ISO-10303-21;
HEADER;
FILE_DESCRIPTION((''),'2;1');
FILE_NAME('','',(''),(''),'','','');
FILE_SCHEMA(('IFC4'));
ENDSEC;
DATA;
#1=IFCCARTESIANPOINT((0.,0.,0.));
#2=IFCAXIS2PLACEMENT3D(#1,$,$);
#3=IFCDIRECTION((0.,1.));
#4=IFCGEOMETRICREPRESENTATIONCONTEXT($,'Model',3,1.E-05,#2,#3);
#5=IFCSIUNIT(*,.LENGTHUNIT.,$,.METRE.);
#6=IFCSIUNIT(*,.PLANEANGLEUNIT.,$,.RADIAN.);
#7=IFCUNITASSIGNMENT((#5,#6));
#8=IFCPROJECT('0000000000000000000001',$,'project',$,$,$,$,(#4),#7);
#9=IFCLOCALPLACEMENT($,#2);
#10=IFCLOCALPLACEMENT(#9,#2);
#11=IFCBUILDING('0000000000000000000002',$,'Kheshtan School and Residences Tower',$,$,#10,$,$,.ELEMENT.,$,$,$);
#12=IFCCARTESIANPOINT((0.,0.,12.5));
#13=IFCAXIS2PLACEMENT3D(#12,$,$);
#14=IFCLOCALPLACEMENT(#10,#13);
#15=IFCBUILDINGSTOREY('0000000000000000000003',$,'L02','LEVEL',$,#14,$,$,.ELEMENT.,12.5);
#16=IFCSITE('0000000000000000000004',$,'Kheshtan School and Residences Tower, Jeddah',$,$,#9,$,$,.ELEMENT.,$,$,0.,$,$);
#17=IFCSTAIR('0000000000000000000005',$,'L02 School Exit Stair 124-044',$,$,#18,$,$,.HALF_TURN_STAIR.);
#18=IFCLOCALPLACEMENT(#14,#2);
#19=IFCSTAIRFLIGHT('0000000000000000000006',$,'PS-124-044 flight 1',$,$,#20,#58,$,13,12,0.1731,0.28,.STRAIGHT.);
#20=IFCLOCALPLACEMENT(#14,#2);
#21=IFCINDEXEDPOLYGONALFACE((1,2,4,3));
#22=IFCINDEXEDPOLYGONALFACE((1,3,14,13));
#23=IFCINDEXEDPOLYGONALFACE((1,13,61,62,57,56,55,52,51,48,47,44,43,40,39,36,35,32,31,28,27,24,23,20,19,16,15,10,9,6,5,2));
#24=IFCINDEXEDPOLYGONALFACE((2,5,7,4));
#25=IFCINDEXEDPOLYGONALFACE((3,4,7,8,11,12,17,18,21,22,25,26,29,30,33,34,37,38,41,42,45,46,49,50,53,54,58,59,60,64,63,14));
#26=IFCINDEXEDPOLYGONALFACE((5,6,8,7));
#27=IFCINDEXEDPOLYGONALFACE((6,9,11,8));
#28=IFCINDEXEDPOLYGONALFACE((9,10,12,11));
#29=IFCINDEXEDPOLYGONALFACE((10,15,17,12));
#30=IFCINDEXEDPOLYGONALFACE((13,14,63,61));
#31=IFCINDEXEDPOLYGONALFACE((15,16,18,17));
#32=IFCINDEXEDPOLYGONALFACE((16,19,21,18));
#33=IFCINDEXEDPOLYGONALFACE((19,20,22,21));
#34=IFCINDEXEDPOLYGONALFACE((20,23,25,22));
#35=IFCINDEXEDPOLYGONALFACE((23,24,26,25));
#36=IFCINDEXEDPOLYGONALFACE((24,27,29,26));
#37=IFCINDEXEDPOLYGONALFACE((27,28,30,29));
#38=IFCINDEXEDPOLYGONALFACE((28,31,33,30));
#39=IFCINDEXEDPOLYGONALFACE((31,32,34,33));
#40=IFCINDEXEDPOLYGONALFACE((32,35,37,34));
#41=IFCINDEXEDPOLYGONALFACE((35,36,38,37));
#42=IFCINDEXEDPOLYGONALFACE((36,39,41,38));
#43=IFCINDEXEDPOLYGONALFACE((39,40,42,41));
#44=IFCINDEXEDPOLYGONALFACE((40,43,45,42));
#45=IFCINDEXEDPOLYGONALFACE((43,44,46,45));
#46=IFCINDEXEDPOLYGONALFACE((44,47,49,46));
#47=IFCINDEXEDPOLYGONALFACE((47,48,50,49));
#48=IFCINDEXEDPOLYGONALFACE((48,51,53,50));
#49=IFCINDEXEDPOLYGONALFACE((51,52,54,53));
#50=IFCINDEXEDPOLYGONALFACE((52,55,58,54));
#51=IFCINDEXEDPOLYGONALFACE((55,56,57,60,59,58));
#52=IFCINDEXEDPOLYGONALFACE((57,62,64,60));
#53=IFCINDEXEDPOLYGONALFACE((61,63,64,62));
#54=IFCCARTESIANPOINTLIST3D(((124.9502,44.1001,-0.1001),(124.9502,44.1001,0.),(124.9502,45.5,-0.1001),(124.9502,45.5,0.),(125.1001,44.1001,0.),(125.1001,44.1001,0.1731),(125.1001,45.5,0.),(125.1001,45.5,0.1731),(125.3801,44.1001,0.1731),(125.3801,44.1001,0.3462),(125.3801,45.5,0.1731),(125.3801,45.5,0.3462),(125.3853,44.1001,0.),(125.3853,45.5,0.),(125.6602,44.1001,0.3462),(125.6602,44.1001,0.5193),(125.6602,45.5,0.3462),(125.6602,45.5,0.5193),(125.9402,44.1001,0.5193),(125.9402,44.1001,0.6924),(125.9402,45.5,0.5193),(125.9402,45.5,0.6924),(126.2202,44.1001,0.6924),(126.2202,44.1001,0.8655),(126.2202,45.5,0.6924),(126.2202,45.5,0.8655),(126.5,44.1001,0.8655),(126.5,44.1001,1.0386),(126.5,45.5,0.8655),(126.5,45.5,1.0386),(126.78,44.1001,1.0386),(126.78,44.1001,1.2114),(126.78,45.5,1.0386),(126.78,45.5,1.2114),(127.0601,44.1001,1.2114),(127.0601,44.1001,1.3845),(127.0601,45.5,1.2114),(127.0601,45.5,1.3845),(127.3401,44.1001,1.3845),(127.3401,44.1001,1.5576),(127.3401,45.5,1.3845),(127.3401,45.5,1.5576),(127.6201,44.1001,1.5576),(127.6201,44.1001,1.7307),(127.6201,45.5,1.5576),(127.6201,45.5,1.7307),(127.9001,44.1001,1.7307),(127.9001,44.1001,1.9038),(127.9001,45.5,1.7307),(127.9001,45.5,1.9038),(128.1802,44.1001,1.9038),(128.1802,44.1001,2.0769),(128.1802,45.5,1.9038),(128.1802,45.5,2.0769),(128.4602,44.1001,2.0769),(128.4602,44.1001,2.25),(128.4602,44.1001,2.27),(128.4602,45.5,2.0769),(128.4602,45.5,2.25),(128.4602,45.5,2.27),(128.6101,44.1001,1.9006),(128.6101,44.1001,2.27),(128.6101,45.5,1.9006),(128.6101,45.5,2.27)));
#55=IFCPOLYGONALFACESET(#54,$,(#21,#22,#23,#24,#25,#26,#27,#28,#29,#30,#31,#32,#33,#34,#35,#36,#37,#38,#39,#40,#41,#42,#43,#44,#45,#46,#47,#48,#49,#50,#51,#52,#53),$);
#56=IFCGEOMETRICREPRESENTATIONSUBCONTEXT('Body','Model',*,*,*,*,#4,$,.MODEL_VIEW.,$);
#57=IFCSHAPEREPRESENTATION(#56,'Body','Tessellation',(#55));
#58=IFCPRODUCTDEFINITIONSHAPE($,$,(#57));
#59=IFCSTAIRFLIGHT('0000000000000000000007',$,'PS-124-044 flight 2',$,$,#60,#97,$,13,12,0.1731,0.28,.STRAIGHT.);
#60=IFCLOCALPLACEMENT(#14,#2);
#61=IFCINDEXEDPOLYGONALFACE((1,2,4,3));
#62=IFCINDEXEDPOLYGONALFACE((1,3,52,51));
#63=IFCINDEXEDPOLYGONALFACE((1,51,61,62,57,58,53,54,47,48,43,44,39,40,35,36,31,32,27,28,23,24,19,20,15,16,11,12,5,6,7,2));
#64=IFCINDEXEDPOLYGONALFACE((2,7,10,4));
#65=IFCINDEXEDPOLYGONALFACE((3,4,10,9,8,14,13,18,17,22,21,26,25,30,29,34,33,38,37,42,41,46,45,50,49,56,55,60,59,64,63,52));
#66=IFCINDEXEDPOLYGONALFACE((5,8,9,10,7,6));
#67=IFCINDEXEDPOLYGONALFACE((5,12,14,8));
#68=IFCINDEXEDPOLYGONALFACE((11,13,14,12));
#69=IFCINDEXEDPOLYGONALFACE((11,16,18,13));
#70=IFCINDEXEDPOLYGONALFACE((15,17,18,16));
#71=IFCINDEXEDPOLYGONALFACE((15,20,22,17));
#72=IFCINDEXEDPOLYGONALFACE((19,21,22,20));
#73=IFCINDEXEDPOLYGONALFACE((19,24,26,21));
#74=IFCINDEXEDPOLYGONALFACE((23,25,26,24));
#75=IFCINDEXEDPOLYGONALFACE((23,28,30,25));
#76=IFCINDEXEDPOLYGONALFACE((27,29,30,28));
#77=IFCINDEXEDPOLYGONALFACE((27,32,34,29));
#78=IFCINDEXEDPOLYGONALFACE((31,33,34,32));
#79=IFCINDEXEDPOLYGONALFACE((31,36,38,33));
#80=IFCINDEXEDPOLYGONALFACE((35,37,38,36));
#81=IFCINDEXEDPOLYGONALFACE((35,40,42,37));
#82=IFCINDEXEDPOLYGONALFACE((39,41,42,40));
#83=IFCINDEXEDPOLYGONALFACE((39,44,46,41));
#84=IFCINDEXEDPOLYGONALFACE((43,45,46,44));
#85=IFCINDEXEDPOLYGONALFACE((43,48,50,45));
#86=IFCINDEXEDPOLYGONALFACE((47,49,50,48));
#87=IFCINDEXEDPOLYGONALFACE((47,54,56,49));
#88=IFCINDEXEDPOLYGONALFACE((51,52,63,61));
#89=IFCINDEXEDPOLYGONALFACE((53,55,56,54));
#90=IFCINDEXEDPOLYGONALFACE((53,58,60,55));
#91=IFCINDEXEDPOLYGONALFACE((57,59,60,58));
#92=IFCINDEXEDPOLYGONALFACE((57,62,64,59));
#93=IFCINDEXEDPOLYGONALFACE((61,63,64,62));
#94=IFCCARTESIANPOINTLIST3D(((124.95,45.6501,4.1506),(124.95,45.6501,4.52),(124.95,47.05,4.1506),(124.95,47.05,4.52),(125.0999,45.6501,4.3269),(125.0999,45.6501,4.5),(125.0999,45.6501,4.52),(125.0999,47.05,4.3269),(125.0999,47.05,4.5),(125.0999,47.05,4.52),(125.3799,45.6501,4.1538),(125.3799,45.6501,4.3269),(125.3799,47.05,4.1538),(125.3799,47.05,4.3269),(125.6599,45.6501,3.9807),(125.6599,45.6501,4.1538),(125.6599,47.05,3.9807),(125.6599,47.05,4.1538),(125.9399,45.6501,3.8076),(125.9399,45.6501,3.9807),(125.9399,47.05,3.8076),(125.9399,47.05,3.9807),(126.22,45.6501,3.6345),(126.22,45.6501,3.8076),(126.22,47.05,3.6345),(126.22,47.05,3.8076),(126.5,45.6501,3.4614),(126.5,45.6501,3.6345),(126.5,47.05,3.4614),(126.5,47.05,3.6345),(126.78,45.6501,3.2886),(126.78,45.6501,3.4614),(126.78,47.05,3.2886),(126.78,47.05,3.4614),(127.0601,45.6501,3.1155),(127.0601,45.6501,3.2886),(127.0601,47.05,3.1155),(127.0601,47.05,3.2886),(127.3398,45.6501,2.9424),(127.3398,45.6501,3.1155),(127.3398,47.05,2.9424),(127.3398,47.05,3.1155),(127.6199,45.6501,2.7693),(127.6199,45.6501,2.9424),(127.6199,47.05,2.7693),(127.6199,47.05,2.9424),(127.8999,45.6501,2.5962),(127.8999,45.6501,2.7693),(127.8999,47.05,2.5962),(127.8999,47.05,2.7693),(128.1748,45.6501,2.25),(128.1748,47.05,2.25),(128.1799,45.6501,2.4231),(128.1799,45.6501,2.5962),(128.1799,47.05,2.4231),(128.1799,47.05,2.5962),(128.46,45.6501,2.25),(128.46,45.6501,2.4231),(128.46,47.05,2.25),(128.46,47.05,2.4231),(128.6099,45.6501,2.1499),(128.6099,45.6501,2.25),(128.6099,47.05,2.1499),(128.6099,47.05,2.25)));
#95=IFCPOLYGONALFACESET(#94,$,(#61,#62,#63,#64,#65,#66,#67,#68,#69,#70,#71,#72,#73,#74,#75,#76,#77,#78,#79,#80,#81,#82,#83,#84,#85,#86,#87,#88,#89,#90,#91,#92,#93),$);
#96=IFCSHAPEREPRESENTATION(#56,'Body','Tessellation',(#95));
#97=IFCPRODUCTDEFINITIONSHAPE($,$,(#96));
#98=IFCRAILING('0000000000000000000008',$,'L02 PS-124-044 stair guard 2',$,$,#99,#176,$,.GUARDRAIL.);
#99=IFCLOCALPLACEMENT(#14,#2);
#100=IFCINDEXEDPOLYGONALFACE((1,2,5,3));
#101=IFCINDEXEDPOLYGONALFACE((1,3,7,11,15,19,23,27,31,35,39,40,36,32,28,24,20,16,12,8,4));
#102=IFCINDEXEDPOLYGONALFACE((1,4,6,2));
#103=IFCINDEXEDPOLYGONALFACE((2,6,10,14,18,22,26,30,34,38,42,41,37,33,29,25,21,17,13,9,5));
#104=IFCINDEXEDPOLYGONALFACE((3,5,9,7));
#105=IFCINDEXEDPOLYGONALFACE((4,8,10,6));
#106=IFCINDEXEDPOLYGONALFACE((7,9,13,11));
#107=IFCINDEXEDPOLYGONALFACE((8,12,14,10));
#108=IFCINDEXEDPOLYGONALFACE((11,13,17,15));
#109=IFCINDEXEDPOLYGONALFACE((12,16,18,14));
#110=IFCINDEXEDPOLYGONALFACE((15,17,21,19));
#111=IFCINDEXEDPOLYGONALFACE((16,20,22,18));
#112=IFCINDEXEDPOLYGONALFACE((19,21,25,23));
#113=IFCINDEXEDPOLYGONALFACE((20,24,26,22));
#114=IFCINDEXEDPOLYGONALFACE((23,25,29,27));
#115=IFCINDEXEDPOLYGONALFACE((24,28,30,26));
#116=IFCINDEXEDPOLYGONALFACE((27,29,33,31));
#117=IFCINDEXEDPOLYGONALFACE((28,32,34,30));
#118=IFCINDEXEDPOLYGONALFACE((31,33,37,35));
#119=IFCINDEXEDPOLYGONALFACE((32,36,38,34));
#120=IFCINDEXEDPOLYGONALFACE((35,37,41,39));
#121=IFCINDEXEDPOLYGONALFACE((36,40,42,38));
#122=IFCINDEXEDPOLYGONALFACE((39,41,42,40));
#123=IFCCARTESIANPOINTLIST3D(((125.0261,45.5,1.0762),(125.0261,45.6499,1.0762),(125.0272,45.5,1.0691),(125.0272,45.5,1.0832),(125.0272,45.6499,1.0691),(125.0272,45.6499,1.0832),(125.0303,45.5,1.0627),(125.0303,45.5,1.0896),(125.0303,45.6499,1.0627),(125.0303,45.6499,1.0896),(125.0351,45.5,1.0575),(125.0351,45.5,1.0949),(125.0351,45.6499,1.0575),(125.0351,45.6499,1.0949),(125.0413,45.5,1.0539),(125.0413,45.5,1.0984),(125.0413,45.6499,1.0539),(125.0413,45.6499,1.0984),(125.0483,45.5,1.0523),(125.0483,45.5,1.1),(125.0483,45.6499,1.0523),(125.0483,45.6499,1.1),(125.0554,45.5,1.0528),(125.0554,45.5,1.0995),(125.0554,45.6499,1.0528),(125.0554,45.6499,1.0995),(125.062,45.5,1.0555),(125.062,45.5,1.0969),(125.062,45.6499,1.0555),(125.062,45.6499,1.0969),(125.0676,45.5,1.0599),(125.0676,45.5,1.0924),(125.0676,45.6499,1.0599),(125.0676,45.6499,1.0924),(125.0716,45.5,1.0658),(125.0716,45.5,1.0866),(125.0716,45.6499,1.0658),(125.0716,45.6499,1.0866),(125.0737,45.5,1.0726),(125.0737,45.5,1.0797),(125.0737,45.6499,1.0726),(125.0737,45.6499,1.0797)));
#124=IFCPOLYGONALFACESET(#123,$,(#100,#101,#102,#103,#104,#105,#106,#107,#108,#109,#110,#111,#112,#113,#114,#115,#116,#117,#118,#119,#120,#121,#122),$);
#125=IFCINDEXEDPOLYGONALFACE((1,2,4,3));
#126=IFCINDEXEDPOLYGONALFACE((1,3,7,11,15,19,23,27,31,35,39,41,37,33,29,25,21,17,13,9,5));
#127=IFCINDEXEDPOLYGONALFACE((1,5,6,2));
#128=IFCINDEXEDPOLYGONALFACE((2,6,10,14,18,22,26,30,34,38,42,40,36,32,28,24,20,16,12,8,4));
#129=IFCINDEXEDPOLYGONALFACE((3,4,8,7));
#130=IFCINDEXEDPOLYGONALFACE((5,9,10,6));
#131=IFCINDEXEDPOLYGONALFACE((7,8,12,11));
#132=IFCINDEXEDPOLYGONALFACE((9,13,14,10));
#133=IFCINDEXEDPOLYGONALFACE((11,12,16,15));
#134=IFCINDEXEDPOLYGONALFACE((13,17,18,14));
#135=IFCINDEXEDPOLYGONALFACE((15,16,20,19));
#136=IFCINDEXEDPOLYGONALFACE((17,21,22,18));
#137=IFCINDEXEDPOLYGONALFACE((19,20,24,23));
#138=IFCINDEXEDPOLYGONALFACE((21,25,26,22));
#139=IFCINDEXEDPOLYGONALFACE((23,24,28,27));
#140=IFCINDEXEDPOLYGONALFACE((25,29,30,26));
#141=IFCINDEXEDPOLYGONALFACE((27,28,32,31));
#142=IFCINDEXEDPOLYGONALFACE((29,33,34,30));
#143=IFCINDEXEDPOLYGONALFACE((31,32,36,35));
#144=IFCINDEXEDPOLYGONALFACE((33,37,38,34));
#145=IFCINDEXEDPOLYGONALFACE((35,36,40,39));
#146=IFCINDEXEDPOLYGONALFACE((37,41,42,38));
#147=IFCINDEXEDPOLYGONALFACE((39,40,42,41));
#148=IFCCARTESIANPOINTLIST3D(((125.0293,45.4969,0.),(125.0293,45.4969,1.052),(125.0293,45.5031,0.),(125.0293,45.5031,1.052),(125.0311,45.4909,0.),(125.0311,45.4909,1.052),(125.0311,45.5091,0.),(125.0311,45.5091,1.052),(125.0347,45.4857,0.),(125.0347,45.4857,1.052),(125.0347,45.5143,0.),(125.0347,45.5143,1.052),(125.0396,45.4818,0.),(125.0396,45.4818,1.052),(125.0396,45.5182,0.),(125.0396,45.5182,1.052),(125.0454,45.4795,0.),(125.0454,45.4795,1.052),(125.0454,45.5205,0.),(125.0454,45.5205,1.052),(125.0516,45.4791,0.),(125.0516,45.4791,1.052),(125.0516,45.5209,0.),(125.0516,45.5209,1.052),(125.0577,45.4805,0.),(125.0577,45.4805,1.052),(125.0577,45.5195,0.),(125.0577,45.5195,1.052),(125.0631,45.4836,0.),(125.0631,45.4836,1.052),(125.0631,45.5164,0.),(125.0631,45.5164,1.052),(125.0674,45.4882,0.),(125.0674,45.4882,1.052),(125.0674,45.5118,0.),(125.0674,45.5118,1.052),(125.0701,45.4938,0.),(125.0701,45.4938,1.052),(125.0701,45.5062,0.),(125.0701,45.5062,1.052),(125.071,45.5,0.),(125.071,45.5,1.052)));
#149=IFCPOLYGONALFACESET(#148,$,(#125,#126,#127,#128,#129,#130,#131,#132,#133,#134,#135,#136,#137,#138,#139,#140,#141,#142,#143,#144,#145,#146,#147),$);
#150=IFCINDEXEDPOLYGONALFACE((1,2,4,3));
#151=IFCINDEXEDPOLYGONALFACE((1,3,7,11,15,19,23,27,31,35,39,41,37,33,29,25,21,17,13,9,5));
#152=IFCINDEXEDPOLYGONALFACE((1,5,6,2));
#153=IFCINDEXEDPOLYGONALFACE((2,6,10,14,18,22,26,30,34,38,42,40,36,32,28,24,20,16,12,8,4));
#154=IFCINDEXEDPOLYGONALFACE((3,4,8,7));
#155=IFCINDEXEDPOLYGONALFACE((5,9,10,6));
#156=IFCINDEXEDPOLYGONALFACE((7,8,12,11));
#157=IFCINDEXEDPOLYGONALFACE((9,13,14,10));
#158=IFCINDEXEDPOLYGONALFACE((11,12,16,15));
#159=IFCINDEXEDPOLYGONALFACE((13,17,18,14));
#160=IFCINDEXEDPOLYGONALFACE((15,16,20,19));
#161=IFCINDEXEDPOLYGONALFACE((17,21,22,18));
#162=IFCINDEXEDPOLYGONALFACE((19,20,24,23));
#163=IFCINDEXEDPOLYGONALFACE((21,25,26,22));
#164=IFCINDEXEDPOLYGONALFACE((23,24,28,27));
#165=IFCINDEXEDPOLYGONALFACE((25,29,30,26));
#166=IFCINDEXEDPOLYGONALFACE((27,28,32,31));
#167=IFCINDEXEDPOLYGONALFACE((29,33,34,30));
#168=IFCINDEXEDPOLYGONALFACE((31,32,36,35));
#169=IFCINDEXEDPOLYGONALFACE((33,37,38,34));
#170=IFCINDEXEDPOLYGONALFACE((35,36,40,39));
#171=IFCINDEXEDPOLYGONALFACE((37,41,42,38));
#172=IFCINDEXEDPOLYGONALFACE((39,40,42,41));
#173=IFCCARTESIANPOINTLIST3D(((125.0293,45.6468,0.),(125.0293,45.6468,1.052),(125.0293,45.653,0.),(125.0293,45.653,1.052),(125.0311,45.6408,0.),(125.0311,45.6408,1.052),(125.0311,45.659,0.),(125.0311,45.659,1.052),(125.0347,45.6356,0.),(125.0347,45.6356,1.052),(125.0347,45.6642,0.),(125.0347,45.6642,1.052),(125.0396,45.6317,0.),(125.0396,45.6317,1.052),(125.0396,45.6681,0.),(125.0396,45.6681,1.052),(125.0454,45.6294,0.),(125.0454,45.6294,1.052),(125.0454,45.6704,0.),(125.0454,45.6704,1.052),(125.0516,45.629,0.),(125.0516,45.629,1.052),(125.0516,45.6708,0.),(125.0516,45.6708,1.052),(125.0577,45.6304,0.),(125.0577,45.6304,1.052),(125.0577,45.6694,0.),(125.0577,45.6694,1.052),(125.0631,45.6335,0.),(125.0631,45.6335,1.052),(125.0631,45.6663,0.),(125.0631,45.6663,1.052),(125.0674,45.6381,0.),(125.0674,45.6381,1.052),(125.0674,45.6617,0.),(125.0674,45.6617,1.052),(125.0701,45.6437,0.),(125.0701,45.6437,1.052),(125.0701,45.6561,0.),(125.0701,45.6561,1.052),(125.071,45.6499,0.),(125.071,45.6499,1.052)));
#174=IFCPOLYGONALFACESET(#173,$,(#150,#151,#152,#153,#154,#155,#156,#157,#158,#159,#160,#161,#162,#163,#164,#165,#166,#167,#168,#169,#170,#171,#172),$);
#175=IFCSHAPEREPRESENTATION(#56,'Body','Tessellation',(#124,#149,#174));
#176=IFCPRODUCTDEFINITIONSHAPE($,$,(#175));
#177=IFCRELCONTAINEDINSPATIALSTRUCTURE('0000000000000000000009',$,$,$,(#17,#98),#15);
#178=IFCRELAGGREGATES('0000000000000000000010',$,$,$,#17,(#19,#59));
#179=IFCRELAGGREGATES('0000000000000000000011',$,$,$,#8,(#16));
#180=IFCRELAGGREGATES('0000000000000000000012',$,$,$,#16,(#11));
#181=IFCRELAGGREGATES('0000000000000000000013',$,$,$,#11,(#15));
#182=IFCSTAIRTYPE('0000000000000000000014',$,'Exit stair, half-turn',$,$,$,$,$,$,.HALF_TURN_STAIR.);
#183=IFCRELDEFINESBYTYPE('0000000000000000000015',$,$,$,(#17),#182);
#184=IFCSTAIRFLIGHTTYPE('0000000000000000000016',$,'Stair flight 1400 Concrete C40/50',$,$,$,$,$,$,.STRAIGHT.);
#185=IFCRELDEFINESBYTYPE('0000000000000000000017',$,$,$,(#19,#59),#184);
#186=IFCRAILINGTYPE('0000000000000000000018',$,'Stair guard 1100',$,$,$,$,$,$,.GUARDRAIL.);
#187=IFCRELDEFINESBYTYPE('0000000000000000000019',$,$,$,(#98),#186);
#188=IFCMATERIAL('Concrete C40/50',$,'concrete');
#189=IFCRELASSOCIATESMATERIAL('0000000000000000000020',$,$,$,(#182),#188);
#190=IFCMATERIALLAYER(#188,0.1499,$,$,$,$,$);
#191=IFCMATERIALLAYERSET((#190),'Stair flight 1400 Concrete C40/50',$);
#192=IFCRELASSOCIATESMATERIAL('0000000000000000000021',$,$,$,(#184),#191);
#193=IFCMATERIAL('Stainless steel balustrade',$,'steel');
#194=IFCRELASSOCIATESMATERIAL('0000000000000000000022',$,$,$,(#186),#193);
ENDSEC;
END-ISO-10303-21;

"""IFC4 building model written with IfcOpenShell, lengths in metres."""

from ifc_helpers import new_model, si_unit, direction, frame, origin, origin_2d, place, context, subcontext, project, spatial, polyline, circle, outline, extrude, material, layer, layer_set, type_object, element, aggregate, save


model = new_model("IFC4")

# Units and contexts
model_context = context("Model", 3, precision=1e-05, world=origin(), true_north=direction((0.0, 1.0)))
body_context = subcontext(model_context, "Body", "Model", "MODEL_VIEW")
ifc_project = project(units=[si_unit("LENGTHUNIT", "METRE"), si_unit("PLANEANGLEUNIT", "RADIAN")], contexts=[model_context])

# Site, building, storey
site_placement = place(None, origin())
site = spatial("IfcSite", under=ifc_project, at=site_placement, Name="Kheshtan School and Residences Tower, Jeddah", CompositionType="ELEMENT", RefElevation=0.0)
building_placement = place(site_placement, origin())
building = spatial("IfcBuilding", under=site, at=building_placement, Name="Kheshtan School and Residences Tower", CompositionType="ELEMENT")
storey_placement = place(building_placement, frame((0.0, 0.0, 12.5)))
storey = spatial("IfcBuildingStorey", under=building, at=storey_placement, Name="L02", Description="LEVEL", CompositionType="ELEMENT", Elevation=12.5)

# Shared definitions
ifc_material_1 = material(Name="Concrete C40/50", Category="concrete")

# Stair, stair flights
stair_type = type_object("IfcStairType", Name="Exit stair, half-turn", PredefinedType="HALF_TURN_STAIR", material=ifc_material_1)
stair_placement = place(storey_placement, origin())
stair = element("IfcStair", 1, at=stair_placement, inside=storey, type_object=stair_type, Name="L02 School Exit Stair 124-044", PredefinedType="HALF_TURN_STAIR")
ifc_layer_1 = layer(ifc_material_1, 0.1499)
ifc_layer_set_1 = layer_set([ifc_layer_1], Name="Stair flight 1400 Concrete C40/50")
stair_flight_type = type_object("IfcStairFlightType", Name="Stair flight 1400 Concrete C40/50", PredefinedType="STRAIGHT", material=ifc_layer_set_1)
stair_flight_1_placement = place(storey_placement, frame((125.1001, 44.8, 0.0), z_axis=(0.0, 0.0, 1.0), x_axis=(1.0, 0.0, 0.0)))
stair_flight_1 = element("IfcStairFlight", 2, at=stair_flight_1_placement, type_object=stair_flight_type, Name="PS-124-044 flight 1", NumberOfRisers=13, NumberOfTreads=12, PredefinedType="STRAIGHT", RiserHeight=0.1731, TreadLength=0.28, context=body_context, shape_type="SweptSolid", body=[
    extrude(outline(polyline([(-0.1499, -0.1001), (-0.1499, 0.0), (0.0, 0.0), (0.0, 0.1731), (0.28, 0.1731), (0.28, 0.3462), (0.5601, 0.3462), (0.5601, 0.5193), (0.8401, 0.5193), (0.8401, 0.6924), (1.1201, 0.6924), (1.1201, 0.8655), (1.3999, 0.8655), (1.3999, 1.0386), (1.6799, 1.0386), (1.6799, 1.2114), (1.96, 1.2114), (1.96, 1.3845), (2.24, 1.3845), (2.24, 1.5576), (2.52, 1.5576), (2.52, 1.7307), (2.8, 1.7307), (2.8, 1.9038), (3.0801, 1.9038), (3.0801, 2.0769), (3.3601, 2.0769), (3.3601, 2.25), (3.3601, 2.27), (3.51, 2.27), (3.51, 1.9006), (0.2852, 0.0), (-0.1499, -0.1001)])), frame((0.0, 0.7, 0.0), z_axis=(0.0, -1.0, 0.0), x_axis=(1.0, 0.0, 0.0)), (0.0, 0.0, 1.0), 1.3999),
])
stair_flight_2_placement = place(storey_placement, frame((128.46, 46.3501, 2.25), z_axis=(0.0, 0.0, 1.0), x_axis=(-1.0, 0.0, 0.0)))
stair_flight_2 = element("IfcStairFlight", 3, at=stair_flight_2_placement, type_object=stair_flight_type, Name="PS-124-044 flight 2", NumberOfRisers=13, NumberOfTreads=12, PredefinedType="STRAIGHT", RiserHeight=0.1731, TreadLength=0.28, context=body_context, shape_type="SweptSolid", body=[
    extrude(outline(polyline([(-0.1499, -0.1001), (-0.1499, 0.0), (0.0, 0.0), (0.0, 0.1731), (0.28, 0.1731), (0.28, 0.3462), (0.5601, 0.3462), (0.5601, 0.5193), (0.8401, 0.5193), (0.8401, 0.6924), (1.1201, 0.6924), (1.1201, 0.8655), (1.3999, 0.8655), (1.3999, 1.0386), (1.6799, 1.0386), (1.6799, 1.2114), (1.96, 1.2114), (1.96, 1.3845), (2.24, 1.3845), (2.24, 1.5576), (2.52, 1.5576), (2.52, 1.7307), (2.8, 1.7307), (2.8, 1.9038), (3.0801, 1.9038), (3.0801, 2.0769), (3.3601, 2.0769), (3.3601, 2.25), (3.3601, 2.27), (3.51, 2.27), (3.51, 1.9006), (0.2852, 0.0), (-0.1499, -0.1001)])), frame((0.0, 0.7, 0.0), z_axis=(0.0, -1.0, 0.0), x_axis=(1.0, 0.0, 0.0)), (0.0, 0.0, 1.0), 1.3999),
])
aggregate(stair, [stair_flight_1, stair_flight_2])

# Railing
ifc_material_2 = material(Name="Stainless steel balustrade", Category="steel")
railing_type_1 = type_object("IfcRailingType", Name="Stair guard 1100", PredefinedType="GUARDRAIL", material=ifc_material_2)
railing_1_placement = place(storey_placement, frame((125.05, 45.5, 0.0)))
element("IfcRailing", 4, at=railing_1_placement, inside=storey, type_object=railing_type_1, Name="L02 PS-124-044 stair guard 2", PredefinedType="GUARDRAIL", context=body_context, shape_type="SweptSolid", body=[
    extrude(circle(Radius=0.0239, at=origin_2d()), frame((0.0, 0.0, 1.0762), z_axis=(0.0, 1.0, 0.0), x_axis=(-1.0, 0.0, 0.0)), (0.0, 0.0, 1.0), 0.1499),
    extrude(circle(Radius=0.021, at=origin_2d()), origin(), (0.0, 0.0, 1.0), 1.052),
    extrude(circle(Radius=0.021, at=origin_2d()), frame((0.0, 0.1499, 0.0)), (0.0, 0.0, 1.0), 1.052),
])

save(model, "model.ifc")
